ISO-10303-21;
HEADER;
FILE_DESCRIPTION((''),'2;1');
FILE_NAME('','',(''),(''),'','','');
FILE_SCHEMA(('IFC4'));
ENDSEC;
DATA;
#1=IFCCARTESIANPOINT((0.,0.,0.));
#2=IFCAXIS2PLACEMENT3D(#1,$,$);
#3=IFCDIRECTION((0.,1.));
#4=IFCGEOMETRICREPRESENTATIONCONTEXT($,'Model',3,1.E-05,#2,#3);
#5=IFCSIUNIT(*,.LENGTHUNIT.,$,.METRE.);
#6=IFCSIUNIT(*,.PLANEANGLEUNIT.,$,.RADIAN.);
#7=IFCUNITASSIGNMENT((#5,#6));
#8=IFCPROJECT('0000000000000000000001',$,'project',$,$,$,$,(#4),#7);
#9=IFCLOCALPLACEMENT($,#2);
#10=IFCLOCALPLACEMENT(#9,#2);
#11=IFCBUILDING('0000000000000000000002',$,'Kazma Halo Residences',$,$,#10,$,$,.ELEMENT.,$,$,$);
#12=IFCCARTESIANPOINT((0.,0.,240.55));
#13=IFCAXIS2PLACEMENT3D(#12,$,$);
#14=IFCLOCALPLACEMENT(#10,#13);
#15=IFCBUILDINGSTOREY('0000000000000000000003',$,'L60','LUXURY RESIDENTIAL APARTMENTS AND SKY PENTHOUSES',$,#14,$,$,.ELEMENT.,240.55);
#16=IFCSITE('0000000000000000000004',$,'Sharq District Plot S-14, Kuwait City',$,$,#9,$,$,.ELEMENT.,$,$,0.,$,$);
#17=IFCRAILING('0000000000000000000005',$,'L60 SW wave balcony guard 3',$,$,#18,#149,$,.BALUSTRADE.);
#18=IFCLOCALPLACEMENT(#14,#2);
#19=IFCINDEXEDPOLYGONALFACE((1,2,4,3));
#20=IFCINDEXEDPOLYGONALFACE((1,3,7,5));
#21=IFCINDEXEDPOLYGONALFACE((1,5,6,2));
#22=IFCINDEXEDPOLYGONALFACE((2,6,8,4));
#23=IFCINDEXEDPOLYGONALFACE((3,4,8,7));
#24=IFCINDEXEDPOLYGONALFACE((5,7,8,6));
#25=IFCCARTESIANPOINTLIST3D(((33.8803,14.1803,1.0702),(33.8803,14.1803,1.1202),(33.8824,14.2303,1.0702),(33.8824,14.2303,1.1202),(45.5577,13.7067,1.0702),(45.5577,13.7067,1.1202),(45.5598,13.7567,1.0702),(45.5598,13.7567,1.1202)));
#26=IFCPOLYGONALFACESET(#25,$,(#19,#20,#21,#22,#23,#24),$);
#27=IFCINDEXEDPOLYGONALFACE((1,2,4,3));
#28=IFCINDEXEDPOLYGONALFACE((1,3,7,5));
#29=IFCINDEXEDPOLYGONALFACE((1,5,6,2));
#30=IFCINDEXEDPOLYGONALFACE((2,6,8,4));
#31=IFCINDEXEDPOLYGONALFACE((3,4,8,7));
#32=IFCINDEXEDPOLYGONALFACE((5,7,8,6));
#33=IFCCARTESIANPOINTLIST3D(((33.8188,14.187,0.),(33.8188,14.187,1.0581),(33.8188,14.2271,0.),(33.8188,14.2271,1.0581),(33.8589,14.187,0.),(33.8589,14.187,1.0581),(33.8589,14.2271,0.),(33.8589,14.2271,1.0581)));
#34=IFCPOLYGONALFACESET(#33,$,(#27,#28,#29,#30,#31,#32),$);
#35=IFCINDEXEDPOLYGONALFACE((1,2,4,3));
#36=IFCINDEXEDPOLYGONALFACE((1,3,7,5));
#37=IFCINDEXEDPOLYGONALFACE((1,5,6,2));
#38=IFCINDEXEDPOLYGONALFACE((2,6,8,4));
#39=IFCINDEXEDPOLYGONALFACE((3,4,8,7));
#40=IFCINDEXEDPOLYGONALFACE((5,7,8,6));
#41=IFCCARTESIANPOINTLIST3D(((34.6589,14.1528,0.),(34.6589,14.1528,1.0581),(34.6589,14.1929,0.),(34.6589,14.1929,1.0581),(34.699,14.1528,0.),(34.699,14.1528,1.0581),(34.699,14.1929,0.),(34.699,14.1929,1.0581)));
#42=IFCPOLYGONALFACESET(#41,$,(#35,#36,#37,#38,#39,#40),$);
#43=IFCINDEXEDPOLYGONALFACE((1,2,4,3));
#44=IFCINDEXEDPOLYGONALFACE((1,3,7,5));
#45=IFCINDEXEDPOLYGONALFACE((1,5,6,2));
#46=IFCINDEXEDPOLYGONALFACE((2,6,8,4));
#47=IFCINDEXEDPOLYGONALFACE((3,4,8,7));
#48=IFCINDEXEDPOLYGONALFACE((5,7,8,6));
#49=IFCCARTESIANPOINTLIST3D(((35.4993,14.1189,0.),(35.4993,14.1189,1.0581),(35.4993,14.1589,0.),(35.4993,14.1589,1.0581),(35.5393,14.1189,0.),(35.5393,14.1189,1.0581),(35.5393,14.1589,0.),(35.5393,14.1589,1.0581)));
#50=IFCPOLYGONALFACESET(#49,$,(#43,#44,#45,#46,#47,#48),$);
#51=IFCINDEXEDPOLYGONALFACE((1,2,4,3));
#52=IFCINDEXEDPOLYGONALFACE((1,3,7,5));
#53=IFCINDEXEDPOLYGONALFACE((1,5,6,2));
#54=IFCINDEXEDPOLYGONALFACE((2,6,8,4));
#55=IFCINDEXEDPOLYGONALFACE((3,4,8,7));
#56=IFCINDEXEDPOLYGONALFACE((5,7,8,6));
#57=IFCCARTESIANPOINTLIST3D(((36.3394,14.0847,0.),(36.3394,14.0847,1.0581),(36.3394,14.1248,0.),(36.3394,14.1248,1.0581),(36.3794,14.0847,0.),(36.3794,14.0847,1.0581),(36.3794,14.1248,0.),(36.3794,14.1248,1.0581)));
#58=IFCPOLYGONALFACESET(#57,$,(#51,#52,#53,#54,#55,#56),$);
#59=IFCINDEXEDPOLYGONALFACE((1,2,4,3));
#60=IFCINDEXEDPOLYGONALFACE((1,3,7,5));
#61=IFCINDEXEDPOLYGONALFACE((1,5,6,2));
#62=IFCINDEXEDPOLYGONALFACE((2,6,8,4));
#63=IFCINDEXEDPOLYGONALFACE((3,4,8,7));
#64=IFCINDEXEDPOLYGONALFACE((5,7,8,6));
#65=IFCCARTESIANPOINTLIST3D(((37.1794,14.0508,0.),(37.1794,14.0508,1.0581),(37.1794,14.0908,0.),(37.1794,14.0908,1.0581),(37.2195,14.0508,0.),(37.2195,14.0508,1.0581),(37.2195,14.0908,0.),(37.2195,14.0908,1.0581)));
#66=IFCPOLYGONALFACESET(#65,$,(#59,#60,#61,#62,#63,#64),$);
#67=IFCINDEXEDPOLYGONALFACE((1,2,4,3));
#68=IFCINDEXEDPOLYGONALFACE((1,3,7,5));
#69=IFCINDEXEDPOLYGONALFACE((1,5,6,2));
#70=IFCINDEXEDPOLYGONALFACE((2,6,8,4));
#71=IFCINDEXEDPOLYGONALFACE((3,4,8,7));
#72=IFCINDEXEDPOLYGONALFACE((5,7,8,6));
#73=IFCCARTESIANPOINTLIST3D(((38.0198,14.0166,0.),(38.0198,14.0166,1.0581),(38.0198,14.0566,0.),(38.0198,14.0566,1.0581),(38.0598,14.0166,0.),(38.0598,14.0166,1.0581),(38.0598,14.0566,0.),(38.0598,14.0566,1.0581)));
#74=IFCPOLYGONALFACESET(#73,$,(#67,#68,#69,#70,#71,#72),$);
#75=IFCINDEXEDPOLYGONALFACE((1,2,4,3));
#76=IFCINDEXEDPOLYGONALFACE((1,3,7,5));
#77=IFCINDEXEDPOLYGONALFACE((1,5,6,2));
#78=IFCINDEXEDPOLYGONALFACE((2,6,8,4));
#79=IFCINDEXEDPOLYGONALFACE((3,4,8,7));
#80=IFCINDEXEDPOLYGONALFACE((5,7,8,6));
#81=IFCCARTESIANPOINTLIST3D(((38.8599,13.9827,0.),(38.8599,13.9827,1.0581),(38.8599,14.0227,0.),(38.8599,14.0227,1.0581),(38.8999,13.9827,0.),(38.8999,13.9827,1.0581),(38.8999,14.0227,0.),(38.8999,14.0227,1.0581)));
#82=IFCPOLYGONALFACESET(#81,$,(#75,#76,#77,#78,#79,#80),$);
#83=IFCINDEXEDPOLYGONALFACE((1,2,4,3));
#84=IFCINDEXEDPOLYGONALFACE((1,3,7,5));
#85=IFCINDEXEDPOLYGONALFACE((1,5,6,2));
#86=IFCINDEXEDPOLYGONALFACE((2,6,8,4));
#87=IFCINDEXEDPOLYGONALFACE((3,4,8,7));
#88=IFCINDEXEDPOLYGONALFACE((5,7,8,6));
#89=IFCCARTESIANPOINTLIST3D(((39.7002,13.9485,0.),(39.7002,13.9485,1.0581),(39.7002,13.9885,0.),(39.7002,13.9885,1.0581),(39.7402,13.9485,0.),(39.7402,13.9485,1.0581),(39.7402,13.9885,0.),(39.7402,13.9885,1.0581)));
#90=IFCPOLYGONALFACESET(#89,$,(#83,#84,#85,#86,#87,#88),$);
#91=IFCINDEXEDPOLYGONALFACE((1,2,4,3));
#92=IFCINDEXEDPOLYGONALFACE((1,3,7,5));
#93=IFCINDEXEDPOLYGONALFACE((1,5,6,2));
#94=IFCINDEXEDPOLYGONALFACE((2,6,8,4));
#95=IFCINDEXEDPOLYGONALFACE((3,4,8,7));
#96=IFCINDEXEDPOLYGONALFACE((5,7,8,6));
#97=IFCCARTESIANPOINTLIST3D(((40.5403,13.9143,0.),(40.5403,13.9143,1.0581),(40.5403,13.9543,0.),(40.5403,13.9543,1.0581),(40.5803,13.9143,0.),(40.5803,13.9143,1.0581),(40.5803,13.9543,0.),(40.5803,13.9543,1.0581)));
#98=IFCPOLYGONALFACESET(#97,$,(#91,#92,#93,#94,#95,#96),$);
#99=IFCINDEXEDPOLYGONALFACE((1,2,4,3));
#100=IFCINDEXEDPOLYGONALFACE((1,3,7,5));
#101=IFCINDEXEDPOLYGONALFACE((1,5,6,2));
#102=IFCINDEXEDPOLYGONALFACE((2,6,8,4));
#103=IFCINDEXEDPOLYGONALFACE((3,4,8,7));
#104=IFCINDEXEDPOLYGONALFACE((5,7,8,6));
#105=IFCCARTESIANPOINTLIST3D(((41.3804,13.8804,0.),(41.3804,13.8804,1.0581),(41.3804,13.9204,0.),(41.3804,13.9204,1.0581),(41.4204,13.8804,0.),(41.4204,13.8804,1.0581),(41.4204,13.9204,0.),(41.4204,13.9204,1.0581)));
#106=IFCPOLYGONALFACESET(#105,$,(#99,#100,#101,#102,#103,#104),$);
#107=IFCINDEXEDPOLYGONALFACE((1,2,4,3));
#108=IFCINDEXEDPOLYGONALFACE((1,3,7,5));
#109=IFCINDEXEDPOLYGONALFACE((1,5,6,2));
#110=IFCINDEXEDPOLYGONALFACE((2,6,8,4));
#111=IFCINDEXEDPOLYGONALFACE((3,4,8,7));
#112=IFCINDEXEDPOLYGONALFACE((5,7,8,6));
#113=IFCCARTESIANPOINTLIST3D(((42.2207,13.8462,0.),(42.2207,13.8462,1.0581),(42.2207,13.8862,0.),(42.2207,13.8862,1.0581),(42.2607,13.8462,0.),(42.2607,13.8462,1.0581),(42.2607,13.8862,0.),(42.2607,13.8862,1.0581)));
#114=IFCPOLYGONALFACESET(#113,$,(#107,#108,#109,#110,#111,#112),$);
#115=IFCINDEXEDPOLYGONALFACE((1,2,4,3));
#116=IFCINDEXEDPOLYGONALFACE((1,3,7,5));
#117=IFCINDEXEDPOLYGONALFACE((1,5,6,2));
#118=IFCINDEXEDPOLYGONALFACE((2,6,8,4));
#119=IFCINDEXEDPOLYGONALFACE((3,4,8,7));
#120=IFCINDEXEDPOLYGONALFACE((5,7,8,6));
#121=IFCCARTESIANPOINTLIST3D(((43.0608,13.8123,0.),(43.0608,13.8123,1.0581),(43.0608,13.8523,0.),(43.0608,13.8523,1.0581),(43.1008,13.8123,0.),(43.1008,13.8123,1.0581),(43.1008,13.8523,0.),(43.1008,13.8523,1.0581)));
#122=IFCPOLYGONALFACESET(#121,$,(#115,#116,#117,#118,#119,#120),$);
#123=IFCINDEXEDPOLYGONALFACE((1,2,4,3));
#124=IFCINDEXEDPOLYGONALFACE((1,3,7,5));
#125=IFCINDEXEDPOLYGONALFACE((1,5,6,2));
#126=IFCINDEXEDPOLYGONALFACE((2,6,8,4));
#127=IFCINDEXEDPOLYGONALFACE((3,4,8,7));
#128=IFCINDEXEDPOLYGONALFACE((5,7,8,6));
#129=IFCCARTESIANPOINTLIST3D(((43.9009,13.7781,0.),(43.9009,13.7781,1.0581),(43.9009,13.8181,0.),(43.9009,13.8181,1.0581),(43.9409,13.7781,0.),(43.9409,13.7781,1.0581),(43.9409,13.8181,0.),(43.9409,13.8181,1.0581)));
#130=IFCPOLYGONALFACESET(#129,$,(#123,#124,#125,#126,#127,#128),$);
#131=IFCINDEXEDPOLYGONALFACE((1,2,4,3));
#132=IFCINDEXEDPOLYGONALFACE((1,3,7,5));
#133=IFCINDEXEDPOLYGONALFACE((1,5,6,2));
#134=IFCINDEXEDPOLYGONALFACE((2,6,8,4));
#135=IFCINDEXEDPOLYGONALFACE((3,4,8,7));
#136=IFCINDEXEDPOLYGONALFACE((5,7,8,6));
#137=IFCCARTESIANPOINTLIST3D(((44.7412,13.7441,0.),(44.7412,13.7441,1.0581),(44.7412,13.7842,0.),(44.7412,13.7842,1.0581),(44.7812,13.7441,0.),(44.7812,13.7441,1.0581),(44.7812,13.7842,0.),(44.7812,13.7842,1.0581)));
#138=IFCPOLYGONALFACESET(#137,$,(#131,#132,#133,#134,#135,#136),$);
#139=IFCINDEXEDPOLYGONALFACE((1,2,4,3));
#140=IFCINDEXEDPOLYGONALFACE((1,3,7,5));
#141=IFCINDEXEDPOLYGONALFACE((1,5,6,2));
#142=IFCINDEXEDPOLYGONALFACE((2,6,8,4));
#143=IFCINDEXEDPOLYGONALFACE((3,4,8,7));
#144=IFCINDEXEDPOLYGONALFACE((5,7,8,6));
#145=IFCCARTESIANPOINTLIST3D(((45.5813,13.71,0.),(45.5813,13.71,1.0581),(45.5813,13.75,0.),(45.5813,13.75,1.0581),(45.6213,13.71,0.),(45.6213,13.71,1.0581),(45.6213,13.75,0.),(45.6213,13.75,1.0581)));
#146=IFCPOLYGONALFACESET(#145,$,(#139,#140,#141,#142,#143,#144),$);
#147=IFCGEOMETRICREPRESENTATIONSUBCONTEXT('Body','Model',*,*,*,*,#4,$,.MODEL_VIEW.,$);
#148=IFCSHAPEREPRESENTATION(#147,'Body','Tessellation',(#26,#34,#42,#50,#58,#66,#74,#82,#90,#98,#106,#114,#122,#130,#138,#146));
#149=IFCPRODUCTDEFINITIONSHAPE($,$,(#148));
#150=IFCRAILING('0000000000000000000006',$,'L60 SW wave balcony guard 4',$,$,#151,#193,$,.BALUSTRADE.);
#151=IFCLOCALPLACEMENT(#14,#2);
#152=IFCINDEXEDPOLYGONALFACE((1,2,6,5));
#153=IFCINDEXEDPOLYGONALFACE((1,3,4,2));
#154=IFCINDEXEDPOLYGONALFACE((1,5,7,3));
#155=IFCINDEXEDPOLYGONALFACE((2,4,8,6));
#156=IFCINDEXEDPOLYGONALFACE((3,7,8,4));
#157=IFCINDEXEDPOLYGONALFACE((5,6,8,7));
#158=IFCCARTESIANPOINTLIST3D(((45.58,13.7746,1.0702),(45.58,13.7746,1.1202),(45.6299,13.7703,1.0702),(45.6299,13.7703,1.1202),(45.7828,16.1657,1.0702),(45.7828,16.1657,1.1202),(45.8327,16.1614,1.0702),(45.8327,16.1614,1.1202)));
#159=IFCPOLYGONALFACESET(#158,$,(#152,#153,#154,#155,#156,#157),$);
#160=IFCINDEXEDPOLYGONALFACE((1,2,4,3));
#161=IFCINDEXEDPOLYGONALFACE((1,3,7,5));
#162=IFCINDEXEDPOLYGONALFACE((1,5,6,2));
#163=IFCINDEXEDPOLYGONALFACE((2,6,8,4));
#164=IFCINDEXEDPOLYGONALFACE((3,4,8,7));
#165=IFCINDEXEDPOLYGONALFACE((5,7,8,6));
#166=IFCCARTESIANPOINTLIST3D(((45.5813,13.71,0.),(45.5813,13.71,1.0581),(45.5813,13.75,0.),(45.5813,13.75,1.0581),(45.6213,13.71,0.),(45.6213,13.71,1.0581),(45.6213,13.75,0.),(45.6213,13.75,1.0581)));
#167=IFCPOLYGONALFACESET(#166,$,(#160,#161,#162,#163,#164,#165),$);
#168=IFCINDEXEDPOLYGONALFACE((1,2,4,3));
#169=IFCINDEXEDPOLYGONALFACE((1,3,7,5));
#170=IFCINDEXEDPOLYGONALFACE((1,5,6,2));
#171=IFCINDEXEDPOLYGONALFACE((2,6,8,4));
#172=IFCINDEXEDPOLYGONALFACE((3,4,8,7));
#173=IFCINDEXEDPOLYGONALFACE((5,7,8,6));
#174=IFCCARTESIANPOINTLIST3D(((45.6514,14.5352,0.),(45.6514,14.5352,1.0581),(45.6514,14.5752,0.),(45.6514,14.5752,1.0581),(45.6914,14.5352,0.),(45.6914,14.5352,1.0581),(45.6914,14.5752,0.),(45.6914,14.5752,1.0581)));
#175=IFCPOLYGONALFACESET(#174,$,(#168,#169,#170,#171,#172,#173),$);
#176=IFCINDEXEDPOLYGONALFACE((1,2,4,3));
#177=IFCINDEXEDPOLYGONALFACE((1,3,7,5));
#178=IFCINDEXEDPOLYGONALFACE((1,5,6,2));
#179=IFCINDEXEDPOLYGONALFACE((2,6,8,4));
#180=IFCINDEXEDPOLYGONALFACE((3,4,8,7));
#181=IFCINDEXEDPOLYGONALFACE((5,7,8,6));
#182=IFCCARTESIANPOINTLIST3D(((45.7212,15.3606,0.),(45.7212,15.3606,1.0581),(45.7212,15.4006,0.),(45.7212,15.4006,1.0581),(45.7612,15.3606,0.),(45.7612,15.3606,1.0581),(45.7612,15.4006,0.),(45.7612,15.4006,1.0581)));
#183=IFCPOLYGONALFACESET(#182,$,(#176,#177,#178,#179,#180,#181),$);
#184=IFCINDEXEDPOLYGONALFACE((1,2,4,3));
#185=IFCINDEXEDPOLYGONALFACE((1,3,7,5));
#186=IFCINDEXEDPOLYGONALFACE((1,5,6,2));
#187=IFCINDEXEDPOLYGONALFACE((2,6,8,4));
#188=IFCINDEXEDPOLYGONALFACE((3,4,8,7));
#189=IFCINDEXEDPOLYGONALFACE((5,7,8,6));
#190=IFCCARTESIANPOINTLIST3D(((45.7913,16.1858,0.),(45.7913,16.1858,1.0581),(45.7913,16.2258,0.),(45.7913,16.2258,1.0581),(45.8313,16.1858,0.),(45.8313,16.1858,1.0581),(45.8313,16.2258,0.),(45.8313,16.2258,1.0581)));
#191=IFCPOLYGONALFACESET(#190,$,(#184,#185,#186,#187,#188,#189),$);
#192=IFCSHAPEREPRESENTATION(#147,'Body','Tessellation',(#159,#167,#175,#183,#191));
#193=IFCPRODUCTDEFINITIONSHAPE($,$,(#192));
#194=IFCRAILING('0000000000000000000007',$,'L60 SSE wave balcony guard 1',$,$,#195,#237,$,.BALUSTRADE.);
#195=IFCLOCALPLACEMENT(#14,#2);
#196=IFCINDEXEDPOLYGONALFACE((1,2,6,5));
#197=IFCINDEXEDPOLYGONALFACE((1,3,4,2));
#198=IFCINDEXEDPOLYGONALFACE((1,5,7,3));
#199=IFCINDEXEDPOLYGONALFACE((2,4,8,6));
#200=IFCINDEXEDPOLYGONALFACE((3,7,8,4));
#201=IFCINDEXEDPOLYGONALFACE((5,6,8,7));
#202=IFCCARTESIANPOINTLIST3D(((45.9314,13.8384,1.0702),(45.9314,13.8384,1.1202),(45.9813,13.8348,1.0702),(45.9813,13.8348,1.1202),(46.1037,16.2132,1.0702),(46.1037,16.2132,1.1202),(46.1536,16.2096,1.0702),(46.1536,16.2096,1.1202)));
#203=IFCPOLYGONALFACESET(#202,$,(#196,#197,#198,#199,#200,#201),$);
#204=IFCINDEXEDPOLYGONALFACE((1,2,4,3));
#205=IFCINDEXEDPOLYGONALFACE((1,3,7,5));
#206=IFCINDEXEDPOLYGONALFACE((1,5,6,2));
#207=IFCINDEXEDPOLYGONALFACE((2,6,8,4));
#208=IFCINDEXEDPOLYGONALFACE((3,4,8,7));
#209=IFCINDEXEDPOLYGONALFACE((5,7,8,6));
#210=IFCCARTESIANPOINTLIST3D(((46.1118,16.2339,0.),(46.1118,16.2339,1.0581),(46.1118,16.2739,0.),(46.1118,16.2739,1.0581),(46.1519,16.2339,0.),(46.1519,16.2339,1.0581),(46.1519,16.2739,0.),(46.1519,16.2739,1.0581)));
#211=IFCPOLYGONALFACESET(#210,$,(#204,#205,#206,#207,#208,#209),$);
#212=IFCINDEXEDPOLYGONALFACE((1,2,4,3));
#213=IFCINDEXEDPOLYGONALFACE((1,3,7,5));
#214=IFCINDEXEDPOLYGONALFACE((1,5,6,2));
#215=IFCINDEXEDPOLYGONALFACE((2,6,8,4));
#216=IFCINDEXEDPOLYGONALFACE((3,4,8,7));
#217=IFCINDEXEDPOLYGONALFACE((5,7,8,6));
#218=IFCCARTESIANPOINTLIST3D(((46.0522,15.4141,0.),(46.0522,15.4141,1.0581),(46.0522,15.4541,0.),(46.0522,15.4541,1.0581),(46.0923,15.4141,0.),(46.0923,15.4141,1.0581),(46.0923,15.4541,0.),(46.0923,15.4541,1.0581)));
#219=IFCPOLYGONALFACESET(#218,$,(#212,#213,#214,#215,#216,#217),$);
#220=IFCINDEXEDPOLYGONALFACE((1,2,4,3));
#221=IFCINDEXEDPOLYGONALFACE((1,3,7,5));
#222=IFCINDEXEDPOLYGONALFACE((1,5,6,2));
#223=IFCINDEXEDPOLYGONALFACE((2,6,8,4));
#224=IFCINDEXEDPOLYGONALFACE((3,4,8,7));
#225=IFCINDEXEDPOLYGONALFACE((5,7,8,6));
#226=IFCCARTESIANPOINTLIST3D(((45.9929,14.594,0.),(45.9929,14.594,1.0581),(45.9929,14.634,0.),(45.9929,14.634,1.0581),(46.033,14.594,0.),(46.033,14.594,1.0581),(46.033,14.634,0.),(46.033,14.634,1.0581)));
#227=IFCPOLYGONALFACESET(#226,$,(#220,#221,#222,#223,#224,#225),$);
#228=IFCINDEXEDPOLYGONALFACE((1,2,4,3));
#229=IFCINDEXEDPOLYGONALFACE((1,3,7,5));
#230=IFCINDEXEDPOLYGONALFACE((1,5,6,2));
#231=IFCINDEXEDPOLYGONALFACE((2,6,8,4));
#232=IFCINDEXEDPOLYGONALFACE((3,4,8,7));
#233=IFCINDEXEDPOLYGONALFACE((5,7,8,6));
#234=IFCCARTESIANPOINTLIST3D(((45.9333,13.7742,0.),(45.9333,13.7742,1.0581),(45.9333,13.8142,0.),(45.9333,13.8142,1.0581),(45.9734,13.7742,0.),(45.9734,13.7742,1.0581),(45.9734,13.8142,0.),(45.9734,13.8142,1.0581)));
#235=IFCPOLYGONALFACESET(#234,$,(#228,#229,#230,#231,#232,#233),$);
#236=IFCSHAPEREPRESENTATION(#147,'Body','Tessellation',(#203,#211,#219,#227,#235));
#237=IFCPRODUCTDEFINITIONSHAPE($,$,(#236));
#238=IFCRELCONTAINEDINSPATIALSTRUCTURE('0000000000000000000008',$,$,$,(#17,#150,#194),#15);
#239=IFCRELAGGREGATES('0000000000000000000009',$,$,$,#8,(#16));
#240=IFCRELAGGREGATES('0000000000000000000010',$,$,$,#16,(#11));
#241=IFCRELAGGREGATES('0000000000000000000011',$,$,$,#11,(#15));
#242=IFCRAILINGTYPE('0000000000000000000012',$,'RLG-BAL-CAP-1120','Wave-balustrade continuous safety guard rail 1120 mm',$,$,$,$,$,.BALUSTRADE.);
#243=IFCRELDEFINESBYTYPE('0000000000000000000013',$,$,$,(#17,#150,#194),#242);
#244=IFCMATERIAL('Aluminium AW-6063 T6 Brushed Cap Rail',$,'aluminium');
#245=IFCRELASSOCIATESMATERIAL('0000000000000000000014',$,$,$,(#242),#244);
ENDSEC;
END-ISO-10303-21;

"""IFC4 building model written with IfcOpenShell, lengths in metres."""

from ifc_helpers import new_model, si_unit, direction, frame, origin, origin_2d, place, context, subcontext, project, spatial, rectangle, extrude, material, type_object, element, save


model = new_model("IFC4")

# Units and contexts
model_context = context("Model", 3, precision=1e-05, world=origin(), true_north=direction((0.0, 1.0)))
body_context = subcontext(model_context, "Body", "Model", "MODEL_VIEW")
ifc_project = project(units=[si_unit("LENGTHUNIT", "METRE"), si_unit("PLANEANGLEUNIT", "RADIAN")], contexts=[model_context])

# Site, building, storey
site_placement = place(None, origin())
site = spatial("IfcSite", under=ifc_project, at=site_placement, Name="Sharq District Plot S-14, Kuwait City", CompositionType="ELEMENT", RefElevation=0.0)
building_placement = place(site_placement, origin())
building = spatial("IfcBuilding", under=site, at=building_placement, Name="Kazma Halo Residences", CompositionType="ELEMENT")
storey_placement = place(building_placement, frame((0.0, 0.0, 240.55)))
storey = spatial("IfcBuildingStorey", under=building, at=storey_placement, Name="L60", Description="LUXURY RESIDENTIAL APARTMENTS AND SKY PENTHOUSES", CompositionType="ELEMENT", Elevation=240.55)

# Railings
ifc_material_1 = material(Name="Aluminium AW-6063 T6 Brushed Cap Rail", Category="aluminium")
railing_type = type_object("IfcRailingType", Name="RLG-BAL-CAP-1120", Description="Wave-balustrade continuous safety guard rail 1120 mm", PredefinedType="BALUSTRADE", material=ifc_material_1)
railing_1_placement = place(storey_placement, frame((33.8389, 14.207, 0.0)))
element("IfcRailing", 1, at=railing_1_placement, inside=storey, type_object=railing_type, Name="L60 SW wave balcony guard 3", PredefinedType="BALUSTRADE", context=body_context, shape_type="SweptSolid", body=[
    extrude(rectangle(XDim=0.05, YDim=0.05, at=origin_2d()), frame((0.0425, -0.0017, 1.0952), z_axis=(0.999179, -0.040524, 0.0), x_axis=(0.040524, 0.999179, 0.0)), (0.0, 0.0, 1.0), 11.687),
    extrude(rectangle(XDim=0.04, YDim=0.04, at=origin_2d()), origin(), (0.0, 0.0, 1.0), 1.0581),
    extrude(rectangle(XDim=0.04, YDim=0.04, at=origin_2d()), frame((0.8401, -0.0342, 0.0)), (0.0, 0.0, 1.0), 1.0581),
    extrude(rectangle(XDim=0.04, YDim=0.04, at=origin_2d()), frame((1.6804, -0.0681, 0.0)), (0.0, 0.0, 1.0), 1.0581),
    extrude(rectangle(XDim=0.04, YDim=0.04, at=origin_2d()), frame((2.5205, -0.1023, 0.0)), (0.0, 0.0, 1.0), 1.0581),
    extrude(rectangle(XDim=0.04, YDim=0.04, at=origin_2d()), frame((3.3606, -0.1362, 0.0)), (0.0, 0.0, 1.0), 1.0581),
    extrude(rectangle(XDim=0.04, YDim=0.04, at=origin_2d()), frame((4.2009, -0.1704, 0.0)), (0.0, 0.0, 1.0), 1.0581),
    extrude(rectangle(XDim=0.04, YDim=0.04, at=origin_2d()), frame((5.041, -0.2043, 0.0)), (0.0, 0.0, 1.0), 1.0581),
    extrude(rectangle(XDim=0.04, YDim=0.04, at=origin_2d()), frame((5.8813, -0.2385, 0.0)), (0.0, 0.0, 1.0), 1.0581),
    extrude(rectangle(XDim=0.04, YDim=0.04, at=origin_2d()), frame((6.7214, -0.2727, 0.0)), (0.0, 0.0, 1.0), 1.0581),
    extrude(rectangle(XDim=0.04, YDim=0.04, at=origin_2d()), frame((7.5615, -0.3066, 0.0)), (0.0, 0.0, 1.0), 1.0581),
    extrude(rectangle(XDim=0.04, YDim=0.04, at=origin_2d()), frame((8.4019, -0.3408, 0.0)), (0.0, 0.0, 1.0), 1.0581),
    extrude(rectangle(XDim=0.04, YDim=0.04, at=origin_2d()), frame((9.2419, -0.3748, 0.0)), (0.0, 0.0, 1.0), 1.0581),
    extrude(rectangle(XDim=0.04, YDim=0.04, at=origin_2d()), frame((10.082, -0.4089, 0.0)), (0.0, 0.0, 1.0), 1.0581),
    extrude(rectangle(XDim=0.04, YDim=0.04, at=origin_2d()), frame((10.9224, -0.4429, 0.0)), (0.0, 0.0, 1.0), 1.0581),
    extrude(rectangle(XDim=0.04, YDim=0.04, at=origin_2d()), frame((11.7625, -0.4771, 0.0)), (0.0, 0.0, 1.0), 1.0581),
])
railing_2_placement = place(storey_placement, frame((45.6013, 13.73, 0.0)))
element("IfcRailing", 2, at=railing_2_placement, inside=storey, type_object=railing_type, Name="L60 SW wave balcony guard 4", PredefinedType="BALUSTRADE", context=body_context, shape_type="SweptSolid", body=[
    extrude(rectangle(XDim=0.05, YDim=0.05, at=origin_2d()), frame((0.0037, 0.0425, 1.0952), z_axis=(0.084501, 0.996423, 0.0), x_axis=(-0.996423, 0.084501, 0.0)), (0.0, 0.0, 1.0), 2.3997),
    extrude(rectangle(XDim=0.04, YDim=0.04, at=origin_2d()), origin(), (0.0, 0.0, 1.0), 1.0581),
    extrude(rectangle(XDim=0.04, YDim=0.04, at=origin_2d()), frame((0.0701, 0.8252, 0.0)), (0.0, 0.0, 1.0), 1.0581),
    extrude(rectangle(XDim=0.04, YDim=0.04, at=origin_2d()), frame((0.1399, 1.6506, 0.0)), (0.0, 0.0, 1.0), 1.0581),
    extrude(rectangle(XDim=0.04, YDim=0.04, at=origin_2d()), frame((0.21, 2.4758, 0.0)), (0.0, 0.0, 1.0), 1.0581),
])
railing_3_placement = place(storey_placement, frame((46.1318, 16.2539, 0.0)))
element("IfcRailing", 3, at=railing_3_placement, inside=storey, type_object=railing_type, Name="L60 SSE wave balcony guard 1", PredefinedType="BALUSTRADE", context=body_context, shape_type="SweptSolid", body=[
    extrude(rectangle(XDim=0.05, YDim=0.05, at=origin_2d()), frame((-0.0032, -0.0425, 1.0952), z_axis=(-0.072366, -0.997378, 0.0), x_axis=(0.997378, -0.072366, 0.0)), (0.0, 0.0, 1.0), 2.3811),
    extrude(rectangle(XDim=0.04, YDim=0.04, at=origin_2d()), origin(), (0.0, 0.0, 1.0), 1.0581),
    extrude(rectangle(XDim=0.04, YDim=0.04, at=origin_2d()), frame((-0.0596, -0.8198, 0.0)), (0.0, 0.0, 1.0), 1.0581),
    extrude(rectangle(XDim=0.04, YDim=0.04, at=origin_2d()), frame((-0.1189, -1.6399, 0.0)), (0.0, 0.0, 1.0), 1.0581),
    extrude(rectangle(XDim=0.04, YDim=0.04, at=origin_2d()), frame((-0.1785, -2.4597, 0.0)), (0.0, 0.0, 1.0), 1.0581),
])

save(model, "model.ifc")
